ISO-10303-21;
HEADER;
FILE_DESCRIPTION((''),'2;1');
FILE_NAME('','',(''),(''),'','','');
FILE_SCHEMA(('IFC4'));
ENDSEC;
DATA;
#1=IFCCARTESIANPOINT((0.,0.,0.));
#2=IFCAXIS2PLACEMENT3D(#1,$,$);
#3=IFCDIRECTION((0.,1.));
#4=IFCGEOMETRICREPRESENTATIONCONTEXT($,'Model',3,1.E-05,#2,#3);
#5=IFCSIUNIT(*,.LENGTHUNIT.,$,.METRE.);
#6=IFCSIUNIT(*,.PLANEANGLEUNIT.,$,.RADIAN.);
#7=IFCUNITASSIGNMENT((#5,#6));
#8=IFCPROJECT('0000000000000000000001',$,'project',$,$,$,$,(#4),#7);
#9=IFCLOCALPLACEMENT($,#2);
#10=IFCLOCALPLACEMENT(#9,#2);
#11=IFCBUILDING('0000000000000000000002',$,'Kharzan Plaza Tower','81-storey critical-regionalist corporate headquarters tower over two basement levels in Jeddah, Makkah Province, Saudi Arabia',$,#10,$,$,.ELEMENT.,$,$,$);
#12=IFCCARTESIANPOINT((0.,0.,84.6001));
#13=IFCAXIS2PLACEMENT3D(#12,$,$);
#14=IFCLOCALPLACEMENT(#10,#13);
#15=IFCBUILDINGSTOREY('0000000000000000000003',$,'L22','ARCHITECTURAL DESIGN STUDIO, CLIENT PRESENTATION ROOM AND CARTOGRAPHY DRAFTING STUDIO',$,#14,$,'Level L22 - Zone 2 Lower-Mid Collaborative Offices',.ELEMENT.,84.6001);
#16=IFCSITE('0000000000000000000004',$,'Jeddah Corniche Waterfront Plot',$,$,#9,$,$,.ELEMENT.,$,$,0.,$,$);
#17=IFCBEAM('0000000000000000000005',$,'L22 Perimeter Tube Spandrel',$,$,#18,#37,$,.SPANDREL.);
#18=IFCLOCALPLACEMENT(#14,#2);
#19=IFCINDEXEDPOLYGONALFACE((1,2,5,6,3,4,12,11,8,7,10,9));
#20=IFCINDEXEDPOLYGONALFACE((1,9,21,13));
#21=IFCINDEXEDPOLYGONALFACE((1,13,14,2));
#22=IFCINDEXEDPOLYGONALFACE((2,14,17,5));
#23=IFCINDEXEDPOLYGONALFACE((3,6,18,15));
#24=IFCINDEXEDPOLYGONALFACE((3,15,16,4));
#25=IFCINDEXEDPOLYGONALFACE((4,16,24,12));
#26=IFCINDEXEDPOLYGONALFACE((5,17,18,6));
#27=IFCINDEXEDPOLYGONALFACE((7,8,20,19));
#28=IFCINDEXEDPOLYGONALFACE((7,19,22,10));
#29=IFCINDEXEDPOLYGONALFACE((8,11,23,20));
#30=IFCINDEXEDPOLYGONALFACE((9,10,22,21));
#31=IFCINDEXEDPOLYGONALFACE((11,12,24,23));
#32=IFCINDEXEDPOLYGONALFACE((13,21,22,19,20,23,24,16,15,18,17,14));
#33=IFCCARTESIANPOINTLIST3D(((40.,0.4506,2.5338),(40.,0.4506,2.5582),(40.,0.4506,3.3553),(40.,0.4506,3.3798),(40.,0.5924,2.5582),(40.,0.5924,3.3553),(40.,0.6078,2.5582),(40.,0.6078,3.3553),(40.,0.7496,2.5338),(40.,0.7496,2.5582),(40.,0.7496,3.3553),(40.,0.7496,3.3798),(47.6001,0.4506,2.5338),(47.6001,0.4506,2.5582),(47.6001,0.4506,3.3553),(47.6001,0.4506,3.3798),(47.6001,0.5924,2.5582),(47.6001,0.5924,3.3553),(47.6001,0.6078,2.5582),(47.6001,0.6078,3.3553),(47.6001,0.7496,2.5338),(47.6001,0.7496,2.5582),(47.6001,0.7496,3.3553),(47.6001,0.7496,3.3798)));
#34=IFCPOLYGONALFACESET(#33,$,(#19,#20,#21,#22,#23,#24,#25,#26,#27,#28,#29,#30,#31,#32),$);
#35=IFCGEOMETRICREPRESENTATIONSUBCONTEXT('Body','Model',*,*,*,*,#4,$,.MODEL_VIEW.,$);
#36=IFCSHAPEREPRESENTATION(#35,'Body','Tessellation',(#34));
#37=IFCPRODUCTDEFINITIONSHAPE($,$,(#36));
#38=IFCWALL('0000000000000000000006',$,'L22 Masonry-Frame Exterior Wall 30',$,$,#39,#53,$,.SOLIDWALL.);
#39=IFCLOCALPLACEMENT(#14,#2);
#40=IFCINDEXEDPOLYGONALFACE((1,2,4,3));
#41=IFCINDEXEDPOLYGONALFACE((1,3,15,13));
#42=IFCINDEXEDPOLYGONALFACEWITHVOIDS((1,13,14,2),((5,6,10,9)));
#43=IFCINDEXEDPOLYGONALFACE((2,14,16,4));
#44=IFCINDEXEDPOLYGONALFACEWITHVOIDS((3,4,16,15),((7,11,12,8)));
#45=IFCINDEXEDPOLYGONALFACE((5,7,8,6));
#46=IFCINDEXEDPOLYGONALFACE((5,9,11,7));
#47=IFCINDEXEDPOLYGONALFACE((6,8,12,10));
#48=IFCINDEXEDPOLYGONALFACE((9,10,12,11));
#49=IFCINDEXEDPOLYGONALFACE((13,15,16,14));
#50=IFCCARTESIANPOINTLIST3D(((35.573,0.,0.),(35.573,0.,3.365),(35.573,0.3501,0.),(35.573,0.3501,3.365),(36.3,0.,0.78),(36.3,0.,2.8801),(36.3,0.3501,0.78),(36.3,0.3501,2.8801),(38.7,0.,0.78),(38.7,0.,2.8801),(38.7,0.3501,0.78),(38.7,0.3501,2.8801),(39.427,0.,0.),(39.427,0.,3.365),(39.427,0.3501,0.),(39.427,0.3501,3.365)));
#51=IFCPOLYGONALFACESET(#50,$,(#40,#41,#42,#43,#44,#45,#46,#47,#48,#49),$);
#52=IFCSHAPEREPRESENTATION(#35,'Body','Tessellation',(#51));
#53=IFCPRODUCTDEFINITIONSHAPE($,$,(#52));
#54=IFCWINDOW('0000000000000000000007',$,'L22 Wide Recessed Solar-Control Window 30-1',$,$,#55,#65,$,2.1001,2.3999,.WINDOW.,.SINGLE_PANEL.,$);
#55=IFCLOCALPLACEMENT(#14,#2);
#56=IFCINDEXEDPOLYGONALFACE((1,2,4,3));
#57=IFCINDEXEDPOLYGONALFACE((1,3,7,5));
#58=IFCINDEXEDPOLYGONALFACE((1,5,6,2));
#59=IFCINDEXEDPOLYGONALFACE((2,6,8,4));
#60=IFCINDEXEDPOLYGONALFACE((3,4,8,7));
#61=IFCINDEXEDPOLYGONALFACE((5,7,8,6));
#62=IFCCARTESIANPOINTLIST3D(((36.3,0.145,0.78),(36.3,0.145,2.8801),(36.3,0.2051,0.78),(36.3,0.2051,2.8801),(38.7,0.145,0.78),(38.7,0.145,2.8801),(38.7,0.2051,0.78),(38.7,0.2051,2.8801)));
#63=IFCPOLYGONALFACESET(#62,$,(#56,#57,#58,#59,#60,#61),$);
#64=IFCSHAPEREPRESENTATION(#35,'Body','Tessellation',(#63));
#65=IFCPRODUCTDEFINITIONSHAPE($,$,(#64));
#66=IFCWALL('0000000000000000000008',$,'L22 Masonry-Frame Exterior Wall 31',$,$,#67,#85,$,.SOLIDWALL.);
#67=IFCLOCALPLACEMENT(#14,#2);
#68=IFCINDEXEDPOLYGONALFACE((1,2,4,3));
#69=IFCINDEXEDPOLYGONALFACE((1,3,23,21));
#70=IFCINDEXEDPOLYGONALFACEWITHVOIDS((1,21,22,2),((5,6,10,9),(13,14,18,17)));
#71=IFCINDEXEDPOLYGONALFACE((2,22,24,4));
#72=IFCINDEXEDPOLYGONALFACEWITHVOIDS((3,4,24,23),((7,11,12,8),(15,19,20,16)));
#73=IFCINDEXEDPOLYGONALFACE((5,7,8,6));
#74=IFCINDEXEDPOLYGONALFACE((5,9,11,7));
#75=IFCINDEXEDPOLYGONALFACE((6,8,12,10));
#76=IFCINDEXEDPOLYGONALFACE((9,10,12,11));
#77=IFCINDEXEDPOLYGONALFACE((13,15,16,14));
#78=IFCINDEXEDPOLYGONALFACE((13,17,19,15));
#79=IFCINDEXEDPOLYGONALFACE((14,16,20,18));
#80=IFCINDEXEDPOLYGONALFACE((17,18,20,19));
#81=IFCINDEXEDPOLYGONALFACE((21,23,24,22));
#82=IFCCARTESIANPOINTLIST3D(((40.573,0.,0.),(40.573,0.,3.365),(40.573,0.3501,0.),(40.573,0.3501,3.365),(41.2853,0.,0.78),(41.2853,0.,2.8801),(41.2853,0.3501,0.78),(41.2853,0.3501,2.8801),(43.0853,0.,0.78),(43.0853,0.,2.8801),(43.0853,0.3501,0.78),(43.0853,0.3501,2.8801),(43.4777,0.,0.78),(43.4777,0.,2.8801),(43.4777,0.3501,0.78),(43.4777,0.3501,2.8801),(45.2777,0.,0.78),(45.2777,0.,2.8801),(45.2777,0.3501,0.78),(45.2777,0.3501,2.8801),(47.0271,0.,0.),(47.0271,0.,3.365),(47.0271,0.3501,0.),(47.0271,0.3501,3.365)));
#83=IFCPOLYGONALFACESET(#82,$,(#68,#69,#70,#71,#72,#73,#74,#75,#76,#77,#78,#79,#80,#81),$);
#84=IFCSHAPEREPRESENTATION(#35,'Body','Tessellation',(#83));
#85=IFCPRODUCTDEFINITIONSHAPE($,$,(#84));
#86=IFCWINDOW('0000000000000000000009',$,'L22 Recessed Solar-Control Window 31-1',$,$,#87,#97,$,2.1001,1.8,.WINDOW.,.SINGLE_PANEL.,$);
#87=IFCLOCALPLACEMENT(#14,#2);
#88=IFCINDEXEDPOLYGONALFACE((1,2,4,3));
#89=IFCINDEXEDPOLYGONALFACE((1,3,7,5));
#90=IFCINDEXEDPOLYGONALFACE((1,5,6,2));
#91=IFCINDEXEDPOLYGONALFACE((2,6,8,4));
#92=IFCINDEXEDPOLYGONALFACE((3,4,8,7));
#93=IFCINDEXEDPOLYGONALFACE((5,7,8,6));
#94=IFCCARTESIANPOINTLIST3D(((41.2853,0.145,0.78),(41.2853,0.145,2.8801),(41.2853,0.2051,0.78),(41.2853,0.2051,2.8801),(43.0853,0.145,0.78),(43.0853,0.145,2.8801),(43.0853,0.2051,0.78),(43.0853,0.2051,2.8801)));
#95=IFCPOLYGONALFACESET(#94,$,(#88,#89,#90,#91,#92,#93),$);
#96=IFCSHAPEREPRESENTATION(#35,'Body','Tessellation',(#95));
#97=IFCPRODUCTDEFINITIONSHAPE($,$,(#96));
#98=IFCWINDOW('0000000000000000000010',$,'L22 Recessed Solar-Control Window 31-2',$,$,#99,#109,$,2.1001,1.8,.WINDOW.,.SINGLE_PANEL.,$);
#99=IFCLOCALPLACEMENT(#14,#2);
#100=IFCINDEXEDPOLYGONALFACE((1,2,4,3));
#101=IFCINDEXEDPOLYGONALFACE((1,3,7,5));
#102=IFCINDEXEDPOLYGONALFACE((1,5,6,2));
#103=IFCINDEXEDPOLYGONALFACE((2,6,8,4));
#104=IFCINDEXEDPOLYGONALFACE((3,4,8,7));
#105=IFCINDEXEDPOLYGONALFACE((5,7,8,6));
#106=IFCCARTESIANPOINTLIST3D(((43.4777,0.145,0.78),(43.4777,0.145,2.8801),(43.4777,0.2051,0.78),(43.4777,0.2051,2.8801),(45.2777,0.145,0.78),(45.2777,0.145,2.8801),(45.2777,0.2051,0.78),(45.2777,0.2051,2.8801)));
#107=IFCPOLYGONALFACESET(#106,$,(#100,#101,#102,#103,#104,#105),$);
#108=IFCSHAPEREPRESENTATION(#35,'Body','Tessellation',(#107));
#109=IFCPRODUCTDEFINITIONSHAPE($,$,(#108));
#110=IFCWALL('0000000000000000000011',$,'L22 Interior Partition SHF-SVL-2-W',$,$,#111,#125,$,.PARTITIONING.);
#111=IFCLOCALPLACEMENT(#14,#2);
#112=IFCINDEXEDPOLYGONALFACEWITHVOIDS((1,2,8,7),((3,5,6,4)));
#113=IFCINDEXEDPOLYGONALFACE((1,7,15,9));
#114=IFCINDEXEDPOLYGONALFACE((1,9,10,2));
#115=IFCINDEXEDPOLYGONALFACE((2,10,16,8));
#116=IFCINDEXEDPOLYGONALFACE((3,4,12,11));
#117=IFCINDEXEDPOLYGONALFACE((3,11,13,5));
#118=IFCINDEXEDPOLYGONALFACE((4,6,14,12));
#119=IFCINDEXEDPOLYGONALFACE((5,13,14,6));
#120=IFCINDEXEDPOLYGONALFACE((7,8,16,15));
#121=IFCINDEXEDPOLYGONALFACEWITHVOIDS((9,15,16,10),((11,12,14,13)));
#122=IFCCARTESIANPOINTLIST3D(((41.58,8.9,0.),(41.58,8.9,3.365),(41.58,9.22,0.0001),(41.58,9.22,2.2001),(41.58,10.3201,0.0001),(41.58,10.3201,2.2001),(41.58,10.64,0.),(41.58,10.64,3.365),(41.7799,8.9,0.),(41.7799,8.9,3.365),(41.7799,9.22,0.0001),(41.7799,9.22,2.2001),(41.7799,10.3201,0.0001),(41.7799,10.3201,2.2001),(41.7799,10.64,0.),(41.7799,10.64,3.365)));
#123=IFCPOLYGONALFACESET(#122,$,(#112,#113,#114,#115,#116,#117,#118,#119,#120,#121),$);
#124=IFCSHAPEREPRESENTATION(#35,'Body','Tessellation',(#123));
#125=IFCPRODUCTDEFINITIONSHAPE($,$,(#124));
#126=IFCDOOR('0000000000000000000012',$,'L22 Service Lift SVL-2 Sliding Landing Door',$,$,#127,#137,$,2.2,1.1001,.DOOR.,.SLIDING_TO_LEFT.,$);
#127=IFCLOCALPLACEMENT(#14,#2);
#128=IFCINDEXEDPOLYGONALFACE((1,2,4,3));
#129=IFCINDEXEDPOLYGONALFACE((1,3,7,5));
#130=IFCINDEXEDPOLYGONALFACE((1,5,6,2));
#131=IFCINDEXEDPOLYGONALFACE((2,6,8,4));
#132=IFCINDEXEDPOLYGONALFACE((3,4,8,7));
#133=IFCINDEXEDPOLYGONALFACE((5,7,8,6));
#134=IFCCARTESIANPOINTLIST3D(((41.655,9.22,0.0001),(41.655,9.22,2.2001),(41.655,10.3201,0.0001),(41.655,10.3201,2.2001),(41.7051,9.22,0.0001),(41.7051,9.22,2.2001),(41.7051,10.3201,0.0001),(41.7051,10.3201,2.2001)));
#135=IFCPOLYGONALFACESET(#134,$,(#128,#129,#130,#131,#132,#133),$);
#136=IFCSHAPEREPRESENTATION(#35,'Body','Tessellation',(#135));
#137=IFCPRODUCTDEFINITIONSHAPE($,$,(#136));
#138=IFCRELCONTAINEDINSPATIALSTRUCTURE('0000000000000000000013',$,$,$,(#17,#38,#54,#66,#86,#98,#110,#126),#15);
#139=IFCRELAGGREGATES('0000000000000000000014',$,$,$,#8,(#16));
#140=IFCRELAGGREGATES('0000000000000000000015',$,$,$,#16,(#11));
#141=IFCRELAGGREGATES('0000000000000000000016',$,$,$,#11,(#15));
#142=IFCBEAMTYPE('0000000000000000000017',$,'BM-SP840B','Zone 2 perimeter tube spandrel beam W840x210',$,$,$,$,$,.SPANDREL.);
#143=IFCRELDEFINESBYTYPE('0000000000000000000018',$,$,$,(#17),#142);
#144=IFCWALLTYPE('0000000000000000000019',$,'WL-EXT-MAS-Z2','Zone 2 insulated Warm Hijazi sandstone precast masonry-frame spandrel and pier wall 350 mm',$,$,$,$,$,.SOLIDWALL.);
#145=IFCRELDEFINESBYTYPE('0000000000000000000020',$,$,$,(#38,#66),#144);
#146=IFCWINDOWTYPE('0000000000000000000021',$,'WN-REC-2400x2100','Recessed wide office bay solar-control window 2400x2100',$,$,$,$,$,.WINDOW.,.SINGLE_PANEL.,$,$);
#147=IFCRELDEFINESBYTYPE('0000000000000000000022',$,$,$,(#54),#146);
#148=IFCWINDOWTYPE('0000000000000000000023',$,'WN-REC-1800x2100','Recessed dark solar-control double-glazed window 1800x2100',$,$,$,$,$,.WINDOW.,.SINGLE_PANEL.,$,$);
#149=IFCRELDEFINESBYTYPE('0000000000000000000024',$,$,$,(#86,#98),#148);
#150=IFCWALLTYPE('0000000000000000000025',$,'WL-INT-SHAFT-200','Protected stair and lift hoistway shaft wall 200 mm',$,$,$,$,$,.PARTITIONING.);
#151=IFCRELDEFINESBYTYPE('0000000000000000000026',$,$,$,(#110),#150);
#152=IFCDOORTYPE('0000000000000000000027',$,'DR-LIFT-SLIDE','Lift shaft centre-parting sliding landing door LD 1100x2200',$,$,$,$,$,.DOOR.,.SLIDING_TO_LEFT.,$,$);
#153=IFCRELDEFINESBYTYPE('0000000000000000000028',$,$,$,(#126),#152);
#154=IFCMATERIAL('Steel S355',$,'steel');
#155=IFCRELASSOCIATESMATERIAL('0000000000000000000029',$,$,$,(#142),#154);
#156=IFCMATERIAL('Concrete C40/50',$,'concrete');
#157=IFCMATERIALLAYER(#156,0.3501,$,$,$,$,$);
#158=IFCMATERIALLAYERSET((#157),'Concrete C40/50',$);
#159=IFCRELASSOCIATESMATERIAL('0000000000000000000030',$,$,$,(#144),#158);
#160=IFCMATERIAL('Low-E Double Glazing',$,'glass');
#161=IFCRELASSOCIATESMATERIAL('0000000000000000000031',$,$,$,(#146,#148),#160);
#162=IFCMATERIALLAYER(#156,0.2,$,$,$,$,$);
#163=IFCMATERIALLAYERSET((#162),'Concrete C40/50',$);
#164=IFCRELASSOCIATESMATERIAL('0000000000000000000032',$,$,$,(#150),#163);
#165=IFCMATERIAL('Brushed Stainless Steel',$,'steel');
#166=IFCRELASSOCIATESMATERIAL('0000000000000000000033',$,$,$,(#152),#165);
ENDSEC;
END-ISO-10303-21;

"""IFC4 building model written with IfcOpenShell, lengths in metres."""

from ifc_helpers import new_model, si_unit, direction, frame, frame_2d, origin, origin_2d, place, context, subcontext, project, spatial, rectangle, i_section, extrude, source, transform, mapped, material, layer, layer_set, material_profile, profile_set, type_object, element, fill, save


model = new_model("IFC4")

# Units and contexts
model_context = context("Model", 3, precision=1e-05, world=origin(), true_north=direction((0.0, 1.0)))
body_context = subcontext(model_context, "Body", "Model", "MODEL_VIEW")
ifc_project = project(units=[si_unit("LENGTHUNIT", "METRE"), si_unit("PLANEANGLEUNIT", "RADIAN")], contexts=[model_context])

# Site, building, storey
site_placement = place(None, origin())
site = spatial("IfcSite", under=ifc_project, at=site_placement, Name="Jeddah Corniche Waterfront Plot", CompositionType="ELEMENT", RefElevation=0.0)
building_placement = place(site_placement, origin())
building = spatial("IfcBuilding", under=site, at=building_placement, Name="Kharzan Plaza Tower", Description="81-storey critical-regionalist corporate headquarters tower over two basement levels in Jeddah, Makkah Province, Saudi Arabia", CompositionType="ELEMENT")
storey_placement = place(building_placement, frame((0.0, 0.0, 84.6001)))
storey = spatial("IfcBuildingStorey", under=building, at=storey_placement, Name="L22", Description="ARCHITECTURAL DESIGN STUDIO, CLIENT PRESENTATION ROOM AND CARTOGRAPHY DRAFTING STUDIO", LongName="Level L22 - Zone 2 Lower-Mid Collaborative Offices", CompositionType="ELEMENT", Elevation=84.6001)

# Beam
ifc_material_1 = material(Name="Steel S355", Category="steel")
ifc_material_profile_1 = material_profile(ifc_material_1, i_section(OverallWidth=0.2991, OverallDepth=0.8459, WebThickness=0.0154, FlangeThickness=0.0244, at=origin_2d()), Name="W840x210")
ifc_profile_set_1 = profile_set([ifc_material_profile_1], Name="Steel S355")
beam_type_1 = type_object("IfcBeamType", Name="BM-SP840B", Description="Zone 2 perimeter tube spandrel beam W840x210", PredefinedType="SPANDREL", material=ifc_profile_set_1)
shared_shape_1 = source(origin(), body_context, "Body", "SweptSolid", [
    extrude(i_section(OverallWidth=0.2991, OverallDepth=0.8459, WebThickness=0.0154, FlangeThickness=0.0244, at=origin_2d()), origin(), (0.0, 0.0, 1.0), 7.6001),
])
beam_1_placement = place(storey_placement, frame((40.0, 0.6001, 2.9568), z_axis=(1.0, 0.0, 0.0), x_axis=(0.0, 1.0, 0.0)))
element("IfcBeam", 1, at=beam_1_placement, inside=storey, type_object=beam_type_1, Name="L22 Perimeter Tube Spandrel", PredefinedType="SPANDREL", context=body_context, shape_type="MappedRepresentation", body=[
    mapped(shared_shape_1, transform((0.0, 0.0, 0.0), x_axis=(1.0, 0.0, 0.0), y_axis=(0.0, 1.0, 0.0), z_axis=(0.0, 0.0, 1.0))),
])

# Wall, opening, window
ifc_material_2 = material(Name="Concrete C40/50", Category="concrete")
ifc_layer_1 = layer(ifc_material_2, 0.3501)
ifc_layer_set_1 = layer_set([ifc_layer_1], Name="Concrete C40/50")
wall_type_1 = type_object("IfcWallType", Name="WL-EXT-MAS-Z2", Description="Zone 2 insulated Warm Hijazi sandstone precast masonry-frame spandrel and pier wall 350 mm", PredefinedType="SOLIDWALL", material=ifc_layer_set_1)
wall_1_placement = place(storey_placement, frame((35.573, 0.175, 0.0), z_axis=(0.0, 0.0, 1.0), x_axis=(1.0, 0.0, 0.0)))
wall_1 = element("IfcWall", 2, at=wall_1_placement, inside=storey, type_object=wall_type_1, Name="L22 Masonry-Frame Exterior Wall 30", PredefinedType="SOLIDWALL", context=body_context, shape_type="SweptSolid", body=[
    extrude(rectangle(XDim=3.854, YDim=0.3501, at=frame_2d((1.927, 0.0))), origin(), (0.0, 0.0, 1.0), 3.365),
])
opening_1_placement = place(wall_1_placement, frame((0.7271, 0.0, 0.78)))
opening_1 = element("IfcOpeningElement", 3, at=opening_1_placement, cuts=wall_1, PredefinedType="OPENING", context=body_context, shape_type="SweptSolid", body=[
    extrude(rectangle(XDim=2.3999, YDim=2.1001, at=frame_2d((1.2, 1.05))), frame((0.0, 0.1851, 0.0), z_axis=(0.0, -1.0, 0.0), x_axis=(1.0, 0.0, 0.0)), (0.0, 0.0, 1.0), 0.3701),
])
ifc_material_3 = material(Name="Low-E Double Glazing", Category="glass")
window_type_1 = type_object("IfcWindowType", Name="WN-REC-2400x2100", Description="Recessed wide office bay solar-control window 2400x2100", PartitioningType="SINGLE_PANEL", PredefinedType="WINDOW", material=ifc_material_3)
shared_shape_2 = source(origin(), body_context, "Body", "SweptSolid", [
    extrude(rectangle(XDim=2.3999, YDim=2.1001, at=frame_2d((1.2, 1.05))), frame((0.0, 0.03, 0.0), z_axis=(0.0, -1.0, 0.0), x_axis=(1.0, 0.0, 0.0)), (0.0, 0.0, 1.0), 0.0601),
])
window_1_placement = place(opening_1_placement, origin())
window_1 = element("IfcWindow", 4, at=window_1_placement, inside=storey, type_object=window_type_1, Name="L22 Wide Recessed Solar-Control Window 30-1", OverallHeight=2.1001, OverallWidth=2.3999, PartitioningType="SINGLE_PANEL", PredefinedType="WINDOW", context=body_context, shape_type="MappedRepresentation", body=[
    mapped(shared_shape_2, transform((0.0, 0.0, 0.0), x_axis=(1.0, 0.0, 0.0), y_axis=(0.0, 1.0, 0.0), z_axis=(0.0, 0.0, 1.0))),
])
fill(opening_1, window_1)

# Wall, openings, windows
wall_2_placement = place(storey_placement, frame((40.573, 0.175, 0.0), z_axis=(0.0, 0.0, 1.0), x_axis=(1.0, 0.0, 0.0)))
wall_2 = element("IfcWall", 5, at=wall_2_placement, inside=storey, type_object=wall_type_1, Name="L22 Masonry-Frame Exterior Wall 31", PredefinedType="SOLIDWALL", context=body_context, shape_type="SweptSolid", body=[
    extrude(rectangle(XDim=6.4541, YDim=0.3501, at=frame_2d((3.2271, 0.0))), origin(), (0.0, 0.0, 1.0), 3.365),
])
opening_2_placement = place(wall_2_placement, frame((0.7124, 0.0, 0.78)))
opening_2 = element("IfcOpeningElement", 6, at=opening_2_placement, cuts=wall_2, PredefinedType="OPENING", context=body_context, shape_type="SweptSolid", body=[
    extrude(rectangle(XDim=1.8, YDim=2.1001, at=frame_2d((0.8999, 1.05))), frame((0.0, 0.1851, 0.0), z_axis=(0.0, -1.0, 0.0), x_axis=(1.0, 0.0, 0.0)), (0.0, 0.0, 1.0), 0.3701),
])
opening_3_placement = place(wall_2_placement, frame((2.9048, 0.0, 0.78)))
opening_3 = element("IfcOpeningElement", 7, at=opening_3_placement, cuts=wall_2, PredefinedType="OPENING", context=body_context, shape_type="SweptSolid", body=[
    extrude(rectangle(XDim=1.8, YDim=2.1001, at=frame_2d((0.8999, 1.05))), frame((0.0, 0.1851, 0.0), z_axis=(0.0, -1.0, 0.0), x_axis=(1.0, 0.0, 0.0)), (0.0, 0.0, 1.0), 0.3701),
])
window_type_2 = type_object("IfcWindowType", Name="WN-REC-1800x2100", Description="Recessed dark solar-control double-glazed window 1800x2100", PartitioningType="SINGLE_PANEL", PredefinedType="WINDOW", material=ifc_material_3)
shared_shape_3 = source(origin(), body_context, "Body", "SweptSolid", [
    extrude(rectangle(XDim=1.8, YDim=2.1001, at=frame_2d((0.8999, 1.05))), frame((0.0, 0.03, 0.0), z_axis=(0.0, -1.0, 0.0), x_axis=(1.0, 0.0, 0.0)), (0.0, 0.0, 1.0), 0.0601),
])
window_2_placement = place(opening_2_placement, origin())
window_2 = element("IfcWindow", 8, at=window_2_placement, inside=storey, type_object=window_type_2, Name="L22 Recessed Solar-Control Window 31-1", OverallHeight=2.1001, OverallWidth=1.8, PartitioningType="SINGLE_PANEL", PredefinedType="WINDOW", context=body_context, shape_type="MappedRepresentation", body=[
    mapped(shared_shape_3, transform((0.0, 0.0, 0.0), x_axis=(1.0, 0.0, 0.0), y_axis=(0.0, 1.0, 0.0), z_axis=(0.0, 0.0, 1.0))),
])
fill(opening_2, window_2)
window_3_placement = place(opening_3_placement, origin())
window_3 = element("IfcWindow", 9, at=window_3_placement, inside=storey, type_object=window_type_2, Name="L22 Recessed Solar-Control Window 31-2", OverallHeight=2.1001, OverallWidth=1.8, PartitioningType="SINGLE_PANEL", PredefinedType="WINDOW", context=body_context, shape_type="MappedRepresentation", body=[
    mapped(shared_shape_3, transform((0.0, 0.0, 0.0), x_axis=(1.0, 0.0, 0.0), y_axis=(0.0, 1.0, 0.0), z_axis=(0.0, 0.0, 1.0))),
])
fill(opening_3, window_3)

# Wall, opening, door
ifc_layer_2 = layer(ifc_material_2, 0.2)
ifc_layer_set_2 = layer_set([ifc_layer_2], Name="Concrete C40/50")
wall_type_2 = type_object("IfcWallType", Name="WL-INT-SHAFT-200", Description="Protected stair and lift hoistway shaft wall 200 mm", PredefinedType="PARTITIONING", material=ifc_layer_set_2)
wall_3_placement = place(storey_placement, frame((41.6799, 8.8999, 0.0), z_axis=(0.0, 0.0, 1.0), x_axis=(0.0, 1.0, 0.0)))
wall_3 = element("IfcWall", 10, at=wall_3_placement, inside=storey, type_object=wall_type_2, Name="L22 Interior Partition SHF-SVL-2-W", PredefinedType="PARTITIONING", context=body_context, shape_type="SweptSolid", body=[
    extrude(rectangle(XDim=1.74, YDim=0.2, at=frame_2d((0.8701, 0.0))), origin(), (0.0, 0.0, 1.0), 3.365),
])
opening_4_placement = place(wall_3_placement, frame((0.3201, 0.0, 0.0)))
opening_4 = element("IfcOpeningElement", 11, at=opening_4_placement, cuts=wall_3, PredefinedType="OPENING", context=body_context, shape_type="SweptSolid", body=[
    extrude(rectangle(XDim=1.1001, YDim=2.2, at=frame_2d((0.55, 1.1001))), frame((0.0, 0.1099, 0.0), z_axis=(0.0, -1.0, 0.0), x_axis=(1.0, 0.0, 0.0)), (0.0, 0.0, 1.0), 0.22),
])
ifc_material_4 = material(Name="Brushed Stainless Steel", Category="steel")
door_type_1 = type_object("IfcDoorType", Name="DR-LIFT-SLIDE", Description="Lift shaft centre-parting sliding landing door LD 1100x2200", OperationType="SLIDING_TO_LEFT", PredefinedType="DOOR", material=ifc_material_4)
shared_shape_4 = source(origin(), body_context, "Body", "SweptSolid", [
    extrude(rectangle(XDim=1.1001, YDim=2.2, at=frame_2d((0.55, 1.1001))), frame((0.0, 0.0249, 0.0), z_axis=(0.0, -1.0, 0.0), x_axis=(1.0, 0.0, 0.0)), (0.0, 0.0, 1.0), 0.05),
])
door_1_placement = place(opening_4_placement, origin())
door_1 = element("IfcDoor", 12, at=door_1_placement, inside=storey, type_object=door_type_1, Name="L22 Service Lift SVL-2 Sliding Landing Door", OperationType="SLIDING_TO_LEFT", OverallHeight=2.2, OverallWidth=1.1001, PredefinedType="DOOR", context=body_context, shape_type="MappedRepresentation", body=[
    mapped(shared_shape_4, transform((0.0, 0.0, 0.0), x_axis=(1.0, 0.0, 0.0), y_axis=(0.0, 1.0, 0.0), z_axis=(0.0, 0.0, 1.0))),
])
fill(opening_4, door_1)

save(model, "model.ifc")
